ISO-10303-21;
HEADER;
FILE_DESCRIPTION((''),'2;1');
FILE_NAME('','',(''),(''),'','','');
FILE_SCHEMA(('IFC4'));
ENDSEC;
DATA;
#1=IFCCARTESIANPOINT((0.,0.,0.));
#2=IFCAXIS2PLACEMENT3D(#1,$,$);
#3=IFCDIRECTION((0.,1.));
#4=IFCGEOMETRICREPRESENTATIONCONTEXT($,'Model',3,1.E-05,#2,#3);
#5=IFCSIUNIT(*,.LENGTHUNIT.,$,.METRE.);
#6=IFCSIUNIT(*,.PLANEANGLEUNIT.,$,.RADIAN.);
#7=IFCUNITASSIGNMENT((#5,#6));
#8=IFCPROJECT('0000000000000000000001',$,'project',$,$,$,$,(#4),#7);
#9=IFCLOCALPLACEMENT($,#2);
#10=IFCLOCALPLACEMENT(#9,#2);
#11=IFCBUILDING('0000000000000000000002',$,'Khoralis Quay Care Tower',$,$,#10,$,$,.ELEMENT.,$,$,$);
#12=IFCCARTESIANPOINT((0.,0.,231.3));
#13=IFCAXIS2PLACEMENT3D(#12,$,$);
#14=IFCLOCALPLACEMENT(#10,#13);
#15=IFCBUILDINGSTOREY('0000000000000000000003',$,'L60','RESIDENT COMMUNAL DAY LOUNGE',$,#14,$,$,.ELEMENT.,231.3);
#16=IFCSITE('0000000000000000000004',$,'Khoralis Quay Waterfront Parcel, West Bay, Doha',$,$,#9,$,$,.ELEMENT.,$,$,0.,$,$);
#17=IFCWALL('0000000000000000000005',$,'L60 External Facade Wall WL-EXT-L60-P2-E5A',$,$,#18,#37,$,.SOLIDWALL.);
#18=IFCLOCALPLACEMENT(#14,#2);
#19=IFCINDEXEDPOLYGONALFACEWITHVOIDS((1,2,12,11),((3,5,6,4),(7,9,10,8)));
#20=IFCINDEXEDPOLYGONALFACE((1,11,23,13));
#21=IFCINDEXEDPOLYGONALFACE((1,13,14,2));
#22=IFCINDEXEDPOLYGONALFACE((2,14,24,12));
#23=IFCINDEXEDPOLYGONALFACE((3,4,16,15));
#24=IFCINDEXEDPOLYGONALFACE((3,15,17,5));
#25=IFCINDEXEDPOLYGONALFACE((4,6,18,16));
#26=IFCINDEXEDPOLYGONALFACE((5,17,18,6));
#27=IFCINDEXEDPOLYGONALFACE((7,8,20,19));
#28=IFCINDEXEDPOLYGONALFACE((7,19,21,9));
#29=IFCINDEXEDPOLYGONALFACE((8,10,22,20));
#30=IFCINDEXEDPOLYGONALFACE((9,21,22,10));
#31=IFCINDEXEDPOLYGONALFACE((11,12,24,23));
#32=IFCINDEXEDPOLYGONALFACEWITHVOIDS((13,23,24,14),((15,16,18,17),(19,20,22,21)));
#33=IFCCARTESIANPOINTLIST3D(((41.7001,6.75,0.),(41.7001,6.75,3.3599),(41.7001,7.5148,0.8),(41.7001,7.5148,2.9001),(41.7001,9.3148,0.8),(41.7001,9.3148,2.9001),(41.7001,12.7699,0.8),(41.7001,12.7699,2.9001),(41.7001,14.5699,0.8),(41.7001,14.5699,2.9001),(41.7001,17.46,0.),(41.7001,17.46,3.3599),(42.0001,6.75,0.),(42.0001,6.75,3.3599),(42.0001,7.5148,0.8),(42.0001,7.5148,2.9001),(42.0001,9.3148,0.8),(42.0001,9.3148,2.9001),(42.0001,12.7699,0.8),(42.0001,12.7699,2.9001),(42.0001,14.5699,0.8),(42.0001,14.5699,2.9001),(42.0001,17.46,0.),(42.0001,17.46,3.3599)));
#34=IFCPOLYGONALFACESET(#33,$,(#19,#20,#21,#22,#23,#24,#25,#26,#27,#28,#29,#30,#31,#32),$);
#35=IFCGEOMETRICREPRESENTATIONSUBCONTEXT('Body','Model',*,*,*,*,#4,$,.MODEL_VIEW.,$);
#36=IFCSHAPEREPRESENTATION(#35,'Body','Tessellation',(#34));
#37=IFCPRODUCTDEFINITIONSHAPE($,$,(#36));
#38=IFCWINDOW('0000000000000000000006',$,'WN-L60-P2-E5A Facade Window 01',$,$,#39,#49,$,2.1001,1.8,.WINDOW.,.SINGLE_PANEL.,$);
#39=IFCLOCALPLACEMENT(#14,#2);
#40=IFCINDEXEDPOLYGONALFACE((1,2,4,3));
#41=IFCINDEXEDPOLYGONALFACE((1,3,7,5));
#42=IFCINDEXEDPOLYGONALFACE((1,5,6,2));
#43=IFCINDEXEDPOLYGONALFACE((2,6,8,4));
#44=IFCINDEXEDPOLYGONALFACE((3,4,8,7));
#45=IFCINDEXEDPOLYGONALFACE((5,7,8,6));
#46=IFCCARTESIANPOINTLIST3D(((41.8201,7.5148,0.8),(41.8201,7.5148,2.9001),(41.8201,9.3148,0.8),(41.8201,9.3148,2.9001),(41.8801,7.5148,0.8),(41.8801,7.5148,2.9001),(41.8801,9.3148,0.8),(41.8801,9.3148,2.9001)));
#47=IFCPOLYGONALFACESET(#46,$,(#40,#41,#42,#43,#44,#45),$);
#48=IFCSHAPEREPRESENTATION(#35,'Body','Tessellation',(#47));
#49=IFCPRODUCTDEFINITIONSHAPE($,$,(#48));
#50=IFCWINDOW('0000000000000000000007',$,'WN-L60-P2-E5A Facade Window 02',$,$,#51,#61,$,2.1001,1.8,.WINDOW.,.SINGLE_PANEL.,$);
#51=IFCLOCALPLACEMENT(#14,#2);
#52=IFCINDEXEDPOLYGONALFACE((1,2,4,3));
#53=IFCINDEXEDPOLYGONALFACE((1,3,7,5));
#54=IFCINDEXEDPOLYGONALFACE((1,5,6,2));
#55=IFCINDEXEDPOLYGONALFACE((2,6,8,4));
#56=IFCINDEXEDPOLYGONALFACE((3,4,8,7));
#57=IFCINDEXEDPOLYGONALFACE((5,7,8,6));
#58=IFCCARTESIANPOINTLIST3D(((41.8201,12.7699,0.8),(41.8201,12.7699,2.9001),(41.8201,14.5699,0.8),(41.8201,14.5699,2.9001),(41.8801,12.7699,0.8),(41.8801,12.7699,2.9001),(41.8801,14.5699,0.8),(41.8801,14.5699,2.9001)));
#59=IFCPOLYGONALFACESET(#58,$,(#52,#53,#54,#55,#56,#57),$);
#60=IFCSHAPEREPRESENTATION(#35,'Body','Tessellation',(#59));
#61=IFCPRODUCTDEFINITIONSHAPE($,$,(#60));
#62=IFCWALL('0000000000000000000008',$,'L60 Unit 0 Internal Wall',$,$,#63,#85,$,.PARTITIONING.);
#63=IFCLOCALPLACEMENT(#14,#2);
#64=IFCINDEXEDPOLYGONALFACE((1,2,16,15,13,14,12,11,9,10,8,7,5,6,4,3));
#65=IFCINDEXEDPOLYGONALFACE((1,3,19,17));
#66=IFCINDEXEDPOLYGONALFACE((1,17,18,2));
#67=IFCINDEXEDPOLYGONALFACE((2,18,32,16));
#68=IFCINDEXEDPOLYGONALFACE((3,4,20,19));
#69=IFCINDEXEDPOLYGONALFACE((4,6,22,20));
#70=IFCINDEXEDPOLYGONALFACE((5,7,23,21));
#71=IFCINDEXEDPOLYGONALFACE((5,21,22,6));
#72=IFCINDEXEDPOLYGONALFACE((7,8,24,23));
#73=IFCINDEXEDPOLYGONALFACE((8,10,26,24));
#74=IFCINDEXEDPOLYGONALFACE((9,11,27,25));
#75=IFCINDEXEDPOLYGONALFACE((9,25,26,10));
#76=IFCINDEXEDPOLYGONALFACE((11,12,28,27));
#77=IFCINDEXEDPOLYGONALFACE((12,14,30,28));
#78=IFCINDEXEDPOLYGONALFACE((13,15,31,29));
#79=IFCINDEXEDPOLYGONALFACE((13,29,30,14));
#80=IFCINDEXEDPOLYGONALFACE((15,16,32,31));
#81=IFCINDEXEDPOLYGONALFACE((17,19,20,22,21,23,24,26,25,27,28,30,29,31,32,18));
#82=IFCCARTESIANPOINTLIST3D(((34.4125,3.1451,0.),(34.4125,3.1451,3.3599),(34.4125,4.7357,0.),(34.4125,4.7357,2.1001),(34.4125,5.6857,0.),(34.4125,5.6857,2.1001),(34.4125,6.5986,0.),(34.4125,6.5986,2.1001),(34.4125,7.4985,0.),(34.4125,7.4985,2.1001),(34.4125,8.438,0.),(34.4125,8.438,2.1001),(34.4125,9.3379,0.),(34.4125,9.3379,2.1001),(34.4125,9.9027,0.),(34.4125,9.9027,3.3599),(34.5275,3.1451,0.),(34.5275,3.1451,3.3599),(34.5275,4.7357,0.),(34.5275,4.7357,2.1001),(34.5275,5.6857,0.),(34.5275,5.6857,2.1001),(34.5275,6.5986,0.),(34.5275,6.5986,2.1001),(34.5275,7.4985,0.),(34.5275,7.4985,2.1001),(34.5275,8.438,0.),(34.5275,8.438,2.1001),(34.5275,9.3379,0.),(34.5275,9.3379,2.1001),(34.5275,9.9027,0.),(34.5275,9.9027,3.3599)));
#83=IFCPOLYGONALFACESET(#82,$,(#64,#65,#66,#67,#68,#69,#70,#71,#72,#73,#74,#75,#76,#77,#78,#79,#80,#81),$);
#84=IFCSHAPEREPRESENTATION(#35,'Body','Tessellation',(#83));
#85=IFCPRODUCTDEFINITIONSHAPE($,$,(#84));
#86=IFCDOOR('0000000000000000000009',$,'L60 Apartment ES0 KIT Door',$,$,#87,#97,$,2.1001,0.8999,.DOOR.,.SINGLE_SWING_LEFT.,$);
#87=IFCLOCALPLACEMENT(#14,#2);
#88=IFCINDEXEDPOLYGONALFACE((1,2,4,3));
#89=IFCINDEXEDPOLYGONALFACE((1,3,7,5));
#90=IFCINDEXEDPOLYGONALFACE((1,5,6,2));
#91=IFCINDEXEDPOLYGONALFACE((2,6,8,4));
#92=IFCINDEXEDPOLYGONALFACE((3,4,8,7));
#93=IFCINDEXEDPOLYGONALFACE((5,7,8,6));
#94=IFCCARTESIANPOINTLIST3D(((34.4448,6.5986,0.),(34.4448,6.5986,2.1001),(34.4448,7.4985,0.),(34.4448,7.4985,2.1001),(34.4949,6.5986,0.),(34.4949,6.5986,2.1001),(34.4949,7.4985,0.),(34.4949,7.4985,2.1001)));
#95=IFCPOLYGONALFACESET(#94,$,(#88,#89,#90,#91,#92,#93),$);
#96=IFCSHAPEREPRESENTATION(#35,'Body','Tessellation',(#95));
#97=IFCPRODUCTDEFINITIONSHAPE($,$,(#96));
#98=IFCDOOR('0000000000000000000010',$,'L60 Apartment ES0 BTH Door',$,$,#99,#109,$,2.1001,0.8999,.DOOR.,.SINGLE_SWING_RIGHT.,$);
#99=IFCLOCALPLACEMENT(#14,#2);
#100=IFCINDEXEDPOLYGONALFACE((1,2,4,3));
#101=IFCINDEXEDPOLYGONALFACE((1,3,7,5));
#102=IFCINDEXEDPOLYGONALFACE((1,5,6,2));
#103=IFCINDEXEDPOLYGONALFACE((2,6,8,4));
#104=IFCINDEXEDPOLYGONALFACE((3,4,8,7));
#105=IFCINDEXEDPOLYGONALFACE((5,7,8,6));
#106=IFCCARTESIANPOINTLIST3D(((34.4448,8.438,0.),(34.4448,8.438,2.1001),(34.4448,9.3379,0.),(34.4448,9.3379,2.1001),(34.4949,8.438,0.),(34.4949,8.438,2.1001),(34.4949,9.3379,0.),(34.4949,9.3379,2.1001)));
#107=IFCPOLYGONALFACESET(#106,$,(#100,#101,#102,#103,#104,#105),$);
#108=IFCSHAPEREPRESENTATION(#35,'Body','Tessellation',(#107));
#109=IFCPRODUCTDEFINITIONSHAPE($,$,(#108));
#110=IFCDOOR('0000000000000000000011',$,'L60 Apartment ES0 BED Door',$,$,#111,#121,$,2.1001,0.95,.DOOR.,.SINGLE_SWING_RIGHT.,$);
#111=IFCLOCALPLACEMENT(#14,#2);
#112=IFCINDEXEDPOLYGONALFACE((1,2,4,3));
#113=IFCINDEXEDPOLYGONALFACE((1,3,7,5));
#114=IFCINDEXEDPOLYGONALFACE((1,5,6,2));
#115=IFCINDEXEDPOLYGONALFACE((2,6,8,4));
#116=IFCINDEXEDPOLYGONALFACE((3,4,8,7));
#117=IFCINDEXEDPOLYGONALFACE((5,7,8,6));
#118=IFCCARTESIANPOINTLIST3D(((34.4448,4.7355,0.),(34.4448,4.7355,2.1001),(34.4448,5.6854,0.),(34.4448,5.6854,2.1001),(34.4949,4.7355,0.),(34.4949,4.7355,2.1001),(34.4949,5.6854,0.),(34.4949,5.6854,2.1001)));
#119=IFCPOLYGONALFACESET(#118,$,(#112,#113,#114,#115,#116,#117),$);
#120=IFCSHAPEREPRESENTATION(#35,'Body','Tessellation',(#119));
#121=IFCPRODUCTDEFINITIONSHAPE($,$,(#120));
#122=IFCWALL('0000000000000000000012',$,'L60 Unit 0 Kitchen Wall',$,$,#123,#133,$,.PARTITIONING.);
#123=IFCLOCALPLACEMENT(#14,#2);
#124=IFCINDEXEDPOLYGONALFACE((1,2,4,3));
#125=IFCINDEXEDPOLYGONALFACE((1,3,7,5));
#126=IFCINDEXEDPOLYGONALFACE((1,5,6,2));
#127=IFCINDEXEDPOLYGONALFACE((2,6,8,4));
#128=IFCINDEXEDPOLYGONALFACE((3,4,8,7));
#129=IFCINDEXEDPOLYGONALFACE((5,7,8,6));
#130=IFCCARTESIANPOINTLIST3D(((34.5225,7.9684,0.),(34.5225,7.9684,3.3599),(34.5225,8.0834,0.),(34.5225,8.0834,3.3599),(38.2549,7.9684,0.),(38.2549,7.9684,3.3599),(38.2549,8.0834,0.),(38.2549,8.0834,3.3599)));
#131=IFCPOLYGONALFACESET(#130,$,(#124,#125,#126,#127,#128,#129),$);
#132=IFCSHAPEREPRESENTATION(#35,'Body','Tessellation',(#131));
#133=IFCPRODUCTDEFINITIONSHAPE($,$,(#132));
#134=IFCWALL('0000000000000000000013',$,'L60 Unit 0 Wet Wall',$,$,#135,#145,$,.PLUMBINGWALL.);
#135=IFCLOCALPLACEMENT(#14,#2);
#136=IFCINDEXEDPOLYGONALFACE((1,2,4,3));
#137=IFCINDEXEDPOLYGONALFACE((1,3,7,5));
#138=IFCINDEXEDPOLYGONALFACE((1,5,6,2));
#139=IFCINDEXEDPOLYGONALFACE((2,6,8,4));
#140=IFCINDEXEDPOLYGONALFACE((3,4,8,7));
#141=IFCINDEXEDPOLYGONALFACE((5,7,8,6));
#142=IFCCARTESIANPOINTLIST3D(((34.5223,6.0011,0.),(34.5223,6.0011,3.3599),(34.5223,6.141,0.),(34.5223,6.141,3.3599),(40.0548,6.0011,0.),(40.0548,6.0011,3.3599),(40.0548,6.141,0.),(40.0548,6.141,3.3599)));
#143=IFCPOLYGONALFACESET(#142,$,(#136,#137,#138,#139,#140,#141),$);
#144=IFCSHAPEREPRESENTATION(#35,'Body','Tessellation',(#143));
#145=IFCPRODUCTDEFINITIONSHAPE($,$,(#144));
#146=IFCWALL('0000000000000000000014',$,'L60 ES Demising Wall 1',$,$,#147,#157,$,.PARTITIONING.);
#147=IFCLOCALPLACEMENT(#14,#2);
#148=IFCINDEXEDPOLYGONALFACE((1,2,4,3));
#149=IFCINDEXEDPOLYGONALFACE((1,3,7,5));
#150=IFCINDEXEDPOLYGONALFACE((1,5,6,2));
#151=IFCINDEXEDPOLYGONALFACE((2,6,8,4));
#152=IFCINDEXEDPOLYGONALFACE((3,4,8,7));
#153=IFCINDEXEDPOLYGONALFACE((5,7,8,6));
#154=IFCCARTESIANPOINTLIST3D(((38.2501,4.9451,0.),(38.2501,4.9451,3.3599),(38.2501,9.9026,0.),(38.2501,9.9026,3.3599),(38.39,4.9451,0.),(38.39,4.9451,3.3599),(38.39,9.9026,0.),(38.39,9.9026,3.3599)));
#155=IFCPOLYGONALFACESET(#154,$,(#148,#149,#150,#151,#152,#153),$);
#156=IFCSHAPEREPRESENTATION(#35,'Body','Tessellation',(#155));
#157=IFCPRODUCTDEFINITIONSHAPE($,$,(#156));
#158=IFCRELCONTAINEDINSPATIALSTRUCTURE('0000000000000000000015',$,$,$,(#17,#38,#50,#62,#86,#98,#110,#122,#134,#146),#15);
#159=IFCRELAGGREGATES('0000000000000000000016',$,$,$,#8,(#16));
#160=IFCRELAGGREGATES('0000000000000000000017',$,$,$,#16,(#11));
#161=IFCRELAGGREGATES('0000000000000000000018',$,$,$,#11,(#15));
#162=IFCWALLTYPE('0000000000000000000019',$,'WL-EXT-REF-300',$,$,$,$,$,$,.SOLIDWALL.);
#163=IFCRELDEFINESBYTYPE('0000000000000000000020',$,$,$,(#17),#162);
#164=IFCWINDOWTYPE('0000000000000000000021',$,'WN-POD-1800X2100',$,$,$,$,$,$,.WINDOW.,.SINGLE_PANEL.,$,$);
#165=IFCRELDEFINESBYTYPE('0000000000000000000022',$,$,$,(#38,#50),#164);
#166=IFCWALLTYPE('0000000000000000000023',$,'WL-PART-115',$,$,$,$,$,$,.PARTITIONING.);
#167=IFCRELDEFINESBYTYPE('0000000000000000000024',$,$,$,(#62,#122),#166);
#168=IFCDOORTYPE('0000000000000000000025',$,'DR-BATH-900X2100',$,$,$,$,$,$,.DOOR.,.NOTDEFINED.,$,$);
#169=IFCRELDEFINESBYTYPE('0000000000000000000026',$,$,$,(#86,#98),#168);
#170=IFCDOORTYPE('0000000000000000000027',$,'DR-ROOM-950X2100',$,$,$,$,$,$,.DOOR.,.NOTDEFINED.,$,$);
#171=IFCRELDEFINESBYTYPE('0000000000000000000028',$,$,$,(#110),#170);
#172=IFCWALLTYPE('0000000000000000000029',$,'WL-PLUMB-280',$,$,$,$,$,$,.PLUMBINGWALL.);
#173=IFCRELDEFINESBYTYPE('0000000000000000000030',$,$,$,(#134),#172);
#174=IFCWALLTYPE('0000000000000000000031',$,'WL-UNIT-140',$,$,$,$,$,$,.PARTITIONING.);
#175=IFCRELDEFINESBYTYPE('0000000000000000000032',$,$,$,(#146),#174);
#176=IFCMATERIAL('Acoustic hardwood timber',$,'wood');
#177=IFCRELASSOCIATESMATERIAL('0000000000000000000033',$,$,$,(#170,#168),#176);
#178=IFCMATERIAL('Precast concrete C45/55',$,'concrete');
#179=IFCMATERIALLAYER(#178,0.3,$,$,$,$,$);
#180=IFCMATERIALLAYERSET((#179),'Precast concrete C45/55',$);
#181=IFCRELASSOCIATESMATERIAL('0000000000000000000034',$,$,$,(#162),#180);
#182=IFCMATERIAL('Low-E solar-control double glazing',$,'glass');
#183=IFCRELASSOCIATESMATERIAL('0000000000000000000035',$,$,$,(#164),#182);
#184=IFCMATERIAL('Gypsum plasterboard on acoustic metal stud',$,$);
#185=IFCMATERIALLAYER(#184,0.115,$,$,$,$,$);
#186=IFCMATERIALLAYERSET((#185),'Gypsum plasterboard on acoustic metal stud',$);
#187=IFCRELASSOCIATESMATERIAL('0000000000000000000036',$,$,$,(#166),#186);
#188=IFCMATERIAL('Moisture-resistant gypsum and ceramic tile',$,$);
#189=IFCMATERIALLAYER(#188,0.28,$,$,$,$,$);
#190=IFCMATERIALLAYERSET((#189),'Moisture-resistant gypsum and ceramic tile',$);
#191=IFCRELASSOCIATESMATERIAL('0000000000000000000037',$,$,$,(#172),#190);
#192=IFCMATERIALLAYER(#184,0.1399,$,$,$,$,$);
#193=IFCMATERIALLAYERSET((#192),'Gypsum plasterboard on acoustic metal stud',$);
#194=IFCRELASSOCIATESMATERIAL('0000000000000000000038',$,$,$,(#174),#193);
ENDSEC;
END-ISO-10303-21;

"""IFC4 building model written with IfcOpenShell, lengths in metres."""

from ifc_helpers import new_model, si_unit, direction, frame, frame_2d, origin, place, context, subcontext, project, spatial, rectangle, extrude, source, transform, mapped, material, layer, layer_set, type_object, element, fill, save


model = new_model("IFC4")

# Units and contexts
model_context = context("Model", 3, precision=1e-05, world=origin(), true_north=direction((0.0, 1.0)))
body_context = subcontext(model_context, "Body", "Model", "MODEL_VIEW")
ifc_project = project(units=[si_unit("LENGTHUNIT", "METRE"), si_unit("PLANEANGLEUNIT", "RADIAN")], contexts=[model_context])

# Site, building, storey
site_placement = place(None, origin())
site = spatial("IfcSite", under=ifc_project, at=site_placement, Name="Khoralis Quay Waterfront Parcel, West Bay, Doha", CompositionType="ELEMENT", RefElevation=0.0)
building_placement = place(site_placement, origin())
building = spatial("IfcBuilding", under=site, at=building_placement, Name="Khoralis Quay Care Tower", CompositionType="ELEMENT")
storey_placement = place(building_placement, frame((0.0, 0.0, 231.3)))
storey = spatial("IfcBuildingStorey", under=building, at=storey_placement, Name="L60", Description="RESIDENT COMMUNAL DAY LOUNGE", CompositionType="ELEMENT", Elevation=231.3)

# Shared definitions
ifc_material_1 = material(Name="Gypsum plasterboard on acoustic metal stud")

# Shared definitions
ifc_material_2 = material(Name="Acoustic hardwood timber", Category="wood")
door_type_1 = type_object("IfcDoorType", Name="DR-ROOM-950X2100", OperationType="NOTDEFINED", PredefinedType="DOOR", material=ifc_material_2)
shared_shape_1 = source(origin(), body_context, "Body", "SweptSolid", [
    extrude(rectangle(XDim=0.95, YDim=2.1001, at=frame_2d((0.4751, 1.05))), frame((0.0, 0.0249, 0.0), z_axis=(0.0, -1.0, 0.0), x_axis=(1.0, 0.0, 0.0)), (0.0, 0.0, 1.0), 0.05),
])

# Shared definitions
ifc_material_3 = material(Name="Precast concrete C45/55", Category="concrete")
ifc_layer_1 = layer(ifc_material_3, 0.3)
ifc_layer_set_1 = layer_set([ifc_layer_1], Name="Precast concrete C45/55")
wall_type_1 = type_object("IfcWallType", Name="WL-EXT-REF-300", PredefinedType="SOLIDWALL", material=ifc_layer_set_1)

# Wall, openings, windows
wall_1_placement = place(storey_placement, frame((41.8501, 6.75, 0.0), z_axis=(0.0, 0.0, 1.0), x_axis=(0.0, 1.0, 0.0)))
wall_1 = element("IfcWall", 1, at=wall_1_placement, inside=storey, type_object=wall_type_1, Name="L60 External Facade Wall WL-EXT-L60-P2-E5A", PredefinedType="SOLIDWALL", context=body_context, shape_type="SweptSolid", body=[
    extrude(rectangle(XDim=10.71, YDim=0.3, at=frame_2d((5.355, 0.0))), origin(), (0.0, 0.0, 1.0), 3.3599),
])
opening_1_placement = place(wall_1_placement, frame((0.7649, 0.0, 0.8)))
opening_1 = element("IfcOpeningElement", 2, at=opening_1_placement, cuts=wall_1, PredefinedType="OPENING", context=body_context, shape_type="SweptSolid", body=[
    extrude(rectangle(XDim=1.8, YDim=2.1001, at=frame_2d((0.8999, 1.05))), frame((0.0, 0.1602, 0.0), z_axis=(0.0, -1.0, 0.0), x_axis=(1.0, 0.0, 0.0)), (0.0, 0.0, 1.0), 0.3201),
])
opening_2_placement = place(wall_1_placement, frame((6.02, 0.0, 0.8)))
opening_2 = element("IfcOpeningElement", 3, at=opening_2_placement, cuts=wall_1, PredefinedType="OPENING", context=body_context, shape_type="SweptSolid", body=[
    extrude(rectangle(XDim=1.8, YDim=2.1001, at=frame_2d((0.8999, 1.05))), frame((0.0, 0.1602, 0.0), z_axis=(0.0, -1.0, 0.0), x_axis=(1.0, 0.0, 0.0)), (0.0, 0.0, 1.0), 0.3201),
])
ifc_material_4 = material(Name="Low-E solar-control double glazing", Category="glass")
window_type = type_object("IfcWindowType", Name="WN-POD-1800X2100", PartitioningType="SINGLE_PANEL", PredefinedType="WINDOW", material=ifc_material_4)
shared_shape_2 = source(origin(), body_context, "Body", "SweptSolid", [
    extrude(rectangle(XDim=1.8, YDim=2.1001, at=frame_2d((0.8999, 1.05))), frame((0.0, 0.03, 0.0), z_axis=(0.0, -1.0, 0.0), x_axis=(1.0, 0.0, 0.0)), (0.0, 0.0, 1.0), 0.0601),
])
window_1_placement = place(opening_1_placement, origin())
window_1 = element("IfcWindow", 4, at=window_1_placement, inside=storey, type_object=window_type, Name="WN-L60-P2-E5A Facade Window 01", OverallHeight=2.1001, OverallWidth=1.8, PartitioningType="SINGLE_PANEL", PredefinedType="WINDOW", context=body_context, shape_type="MappedRepresentation", body=[
    mapped(shared_shape_2, transform((0.0, 0.0, 0.0), scale=1.0)),
])
fill(opening_1, window_1)
window_2_placement = place(opening_2_placement, origin())
window_2 = element("IfcWindow", 5, at=window_2_placement, inside=storey, type_object=window_type, Name="WN-L60-P2-E5A Facade Window 02", OverallHeight=2.1001, OverallWidth=1.8, PartitioningType="SINGLE_PANEL", PredefinedType="WINDOW", context=body_context, shape_type="MappedRepresentation", body=[
    mapped(shared_shape_2, transform((0.0, 0.0, 0.0), scale=1.0)),
])
fill(opening_2, window_2)

# Wall, openings, doors
ifc_layer_2 = layer(ifc_material_1, 0.115)
ifc_layer_set_2 = layer_set([ifc_layer_2], Name="Gypsum plasterboard on acoustic metal stud")
wall_type_2 = type_object("IfcWallType", Name="WL-PART-115", PredefinedType="PARTITIONING", material=ifc_layer_set_2)
wall_2_placement = place(storey_placement, frame((34.47, 3.145, 0.0), z_axis=(0.0, 0.0, 1.0), x_axis=(0.0, 1.0, 0.0)))
wall_2 = element("IfcWall", 6, at=wall_2_placement, inside=storey, type_object=wall_type_2, Name="L60 Unit 0 Internal Wall", PredefinedType="PARTITIONING", context=body_context, shape_type="SweptSolid", body=[
    extrude(rectangle(XDim=6.7576, YDim=0.115, at=frame_2d((3.3789, 0.0))), origin(), (0.0, 0.0, 1.0), 3.3599),
])
opening_3_placement = place(wall_2_placement, frame((1.5906, 0.0, 0.0)))
opening_3 = element("IfcOpeningElement", 7, at=opening_3_placement, cuts=wall_2, PredefinedType="OPENING", context=body_context, shape_type="SweptSolid", body=[
    extrude(rectangle(XDim=0.95, YDim=2.1001, at=frame_2d((0.4751, 1.05))), frame((0.0, 0.0674, 0.0), z_axis=(0.0, -1.0, 0.0), x_axis=(1.0, 0.0, 0.0)), (0.0, 0.0, 1.0), 0.135),
])
opening_4_placement = place(wall_2_placement, frame((3.4536, 0.0, 0.0)))
opening_4 = element("IfcOpeningElement", 8, at=opening_4_placement, cuts=wall_2, PredefinedType="OPENING", context=body_context, shape_type="SweptSolid", body=[
    extrude(rectangle(XDim=0.8999, YDim=2.1001, at=frame_2d((0.45, 1.05))), frame((0.0, 0.0674, 0.0), z_axis=(0.0, -1.0, 0.0), x_axis=(1.0, 0.0, 0.0)), (0.0, 0.0, 1.0), 0.135),
])
opening_5_placement = place(wall_2_placement, frame((5.293, 0.0, 0.0)))
opening_5 = element("IfcOpeningElement", 9, at=opening_5_placement, cuts=wall_2, PredefinedType="OPENING", context=body_context, shape_type="SweptSolid", body=[
    extrude(rectangle(XDim=0.8999, YDim=2.1001, at=frame_2d((0.45, 1.05))), frame((0.0, 0.0674, 0.0), z_axis=(0.0, -1.0, 0.0), x_axis=(1.0, 0.0, 0.0)), (0.0, 0.0, 1.0), 0.135),
])
door_type_2 = type_object("IfcDoorType", Name="DR-BATH-900X2100", OperationType="NOTDEFINED", PredefinedType="DOOR", material=ifc_material_2)
shared_shape_3 = source(origin(), body_context, "Body", "SweptSolid", [
    extrude(rectangle(XDim=0.8999, YDim=2.1001, at=frame_2d((0.45, 1.05))), frame((0.0, 0.0249, 0.0), z_axis=(0.0, -1.0, 0.0), x_axis=(1.0, 0.0, 0.0)), (0.0, 0.0, 1.0), 0.05),
])
door_1_placement = place(opening_4_placement, frame((0.8999, 0.0, 0.0), z_axis=(0.0, 0.0, 1.0), x_axis=(-1.0, 0.0, 0.0)))
door_1 = element("IfcDoor", 10, at=door_1_placement, inside=storey, type_object=door_type_2, Name="L60 Apartment ES0 KIT Door", OperationType="SINGLE_SWING_LEFT", OverallHeight=2.1001, OverallWidth=0.8999, PredefinedType="DOOR", context=body_context, shape_type="MappedRepresentation", body=[
    mapped(shared_shape_3, transform((0.0, 0.0, 0.0), scale=1.0)),
])
fill(opening_4, door_1)
door_2_placement = place(opening_5_placement, frame((0.8999, 0.0, 0.0), z_axis=(0.0, 0.0, 1.0), x_axis=(-1.0, 0.0, 0.0)))
door_2 = element("IfcDoor", 11, at=door_2_placement, inside=storey, type_object=door_type_2, Name="L60 Apartment ES0 BTH Door", OperationType="SINGLE_SWING_RIGHT", OverallHeight=2.1001, OverallWidth=0.8999, PredefinedType="DOOR", context=body_context, shape_type="MappedRepresentation", body=[
    mapped(shared_shape_3, transform((0.0, 0.0, 0.0), scale=1.0)),
])
fill(opening_5, door_2)
door_3_placement = place(opening_3_placement, frame((0.95, 0.0, 0.0), z_axis=(0.0, 0.0, 1.0), x_axis=(-1.0, 0.0, 0.0)))
door_3 = element("IfcDoor", 12, at=door_3_placement, inside=storey, type_object=door_type_1, Name="L60 Apartment ES0 BED Door", OperationType="SINGLE_SWING_RIGHT", OverallHeight=2.1001, OverallWidth=0.95, PredefinedType="DOOR", context=body_context, shape_type="MappedRepresentation", body=[
    mapped(shared_shape_1, transform((0.0, 0.0, 0.0), scale=1.0)),
])
fill(opening_3, door_3)

# Walls
wall_3_placement = place(storey_placement, frame((34.5225, 8.0259, 0.0), z_axis=(0.0, 0.0, 1.0), x_axis=(1.0, 0.0, 0.0)))
element("IfcWall", 13, at=wall_3_placement, inside=storey, type_object=wall_type_2, Name="L60 Unit 0 Kitchen Wall", PredefinedType="PARTITIONING", context=body_context, shape_type="SweptSolid", body=[
    extrude(rectangle(XDim=3.7324, YDim=0.115, at=frame_2d((1.8662, 0.0))), origin(), (0.0, 0.0, 1.0), 3.3599),
])
ifc_material_5 = material(Name="Moisture-resistant gypsum and ceramic tile")
ifc_layer_3 = layer(ifc_material_5, 0.28)
ifc_layer_set_3 = layer_set([ifc_layer_3], Name="Moisture-resistant gypsum and ceramic tile")
wall_type_3 = type_object("IfcWallType", Name="WL-PLUMB-280", PredefinedType="PLUMBINGWALL", material=ifc_layer_set_3)
wall_4_placement = place(storey_placement, frame((34.5225, 6.071, 0.0), z_axis=(0.0, 0.0, 1.0), x_axis=(1.0, 0.0, 0.0)))
element("IfcWall", 14, at=wall_4_placement, inside=storey, type_object=wall_type_3, Name="L60 Unit 0 Wet Wall", PredefinedType="PLUMBINGWALL", context=body_context, shape_type="SweptSolid", body=[
    extrude(rectangle(XDim=5.5325, YDim=0.1399, at=frame_2d((2.7661, 0.0))), origin(), (0.0, 0.0, 1.0), 3.3599),
])
ifc_layer_4 = layer(ifc_material_1, 0.1399)
ifc_layer_set_4 = layer_set([ifc_layer_4], Name="Gypsum plasterboard on acoustic metal stud")
wall_type_4 = type_object("IfcWallType", Name="WL-UNIT-140", PredefinedType="PARTITIONING", material=ifc_layer_set_4)
wall_5_placement = place(storey_placement, frame((38.3201, 4.9451, 0.0), z_axis=(0.0, 0.0, 1.0), x_axis=(0.0, 1.0, 0.0)))
element("IfcWall", 15, at=wall_5_placement, inside=storey, type_object=wall_type_4, Name="L60 ES Demising Wall 1", PredefinedType="PARTITIONING", context=body_context, shape_type="SweptSolid", body=[
    extrude(rectangle(XDim=4.9575, YDim=0.1399, at=frame_2d((2.4788, 0.0))), origin(), (0.0, 0.0, 1.0), 3.3599),
])

save(model, "model.ifc")
